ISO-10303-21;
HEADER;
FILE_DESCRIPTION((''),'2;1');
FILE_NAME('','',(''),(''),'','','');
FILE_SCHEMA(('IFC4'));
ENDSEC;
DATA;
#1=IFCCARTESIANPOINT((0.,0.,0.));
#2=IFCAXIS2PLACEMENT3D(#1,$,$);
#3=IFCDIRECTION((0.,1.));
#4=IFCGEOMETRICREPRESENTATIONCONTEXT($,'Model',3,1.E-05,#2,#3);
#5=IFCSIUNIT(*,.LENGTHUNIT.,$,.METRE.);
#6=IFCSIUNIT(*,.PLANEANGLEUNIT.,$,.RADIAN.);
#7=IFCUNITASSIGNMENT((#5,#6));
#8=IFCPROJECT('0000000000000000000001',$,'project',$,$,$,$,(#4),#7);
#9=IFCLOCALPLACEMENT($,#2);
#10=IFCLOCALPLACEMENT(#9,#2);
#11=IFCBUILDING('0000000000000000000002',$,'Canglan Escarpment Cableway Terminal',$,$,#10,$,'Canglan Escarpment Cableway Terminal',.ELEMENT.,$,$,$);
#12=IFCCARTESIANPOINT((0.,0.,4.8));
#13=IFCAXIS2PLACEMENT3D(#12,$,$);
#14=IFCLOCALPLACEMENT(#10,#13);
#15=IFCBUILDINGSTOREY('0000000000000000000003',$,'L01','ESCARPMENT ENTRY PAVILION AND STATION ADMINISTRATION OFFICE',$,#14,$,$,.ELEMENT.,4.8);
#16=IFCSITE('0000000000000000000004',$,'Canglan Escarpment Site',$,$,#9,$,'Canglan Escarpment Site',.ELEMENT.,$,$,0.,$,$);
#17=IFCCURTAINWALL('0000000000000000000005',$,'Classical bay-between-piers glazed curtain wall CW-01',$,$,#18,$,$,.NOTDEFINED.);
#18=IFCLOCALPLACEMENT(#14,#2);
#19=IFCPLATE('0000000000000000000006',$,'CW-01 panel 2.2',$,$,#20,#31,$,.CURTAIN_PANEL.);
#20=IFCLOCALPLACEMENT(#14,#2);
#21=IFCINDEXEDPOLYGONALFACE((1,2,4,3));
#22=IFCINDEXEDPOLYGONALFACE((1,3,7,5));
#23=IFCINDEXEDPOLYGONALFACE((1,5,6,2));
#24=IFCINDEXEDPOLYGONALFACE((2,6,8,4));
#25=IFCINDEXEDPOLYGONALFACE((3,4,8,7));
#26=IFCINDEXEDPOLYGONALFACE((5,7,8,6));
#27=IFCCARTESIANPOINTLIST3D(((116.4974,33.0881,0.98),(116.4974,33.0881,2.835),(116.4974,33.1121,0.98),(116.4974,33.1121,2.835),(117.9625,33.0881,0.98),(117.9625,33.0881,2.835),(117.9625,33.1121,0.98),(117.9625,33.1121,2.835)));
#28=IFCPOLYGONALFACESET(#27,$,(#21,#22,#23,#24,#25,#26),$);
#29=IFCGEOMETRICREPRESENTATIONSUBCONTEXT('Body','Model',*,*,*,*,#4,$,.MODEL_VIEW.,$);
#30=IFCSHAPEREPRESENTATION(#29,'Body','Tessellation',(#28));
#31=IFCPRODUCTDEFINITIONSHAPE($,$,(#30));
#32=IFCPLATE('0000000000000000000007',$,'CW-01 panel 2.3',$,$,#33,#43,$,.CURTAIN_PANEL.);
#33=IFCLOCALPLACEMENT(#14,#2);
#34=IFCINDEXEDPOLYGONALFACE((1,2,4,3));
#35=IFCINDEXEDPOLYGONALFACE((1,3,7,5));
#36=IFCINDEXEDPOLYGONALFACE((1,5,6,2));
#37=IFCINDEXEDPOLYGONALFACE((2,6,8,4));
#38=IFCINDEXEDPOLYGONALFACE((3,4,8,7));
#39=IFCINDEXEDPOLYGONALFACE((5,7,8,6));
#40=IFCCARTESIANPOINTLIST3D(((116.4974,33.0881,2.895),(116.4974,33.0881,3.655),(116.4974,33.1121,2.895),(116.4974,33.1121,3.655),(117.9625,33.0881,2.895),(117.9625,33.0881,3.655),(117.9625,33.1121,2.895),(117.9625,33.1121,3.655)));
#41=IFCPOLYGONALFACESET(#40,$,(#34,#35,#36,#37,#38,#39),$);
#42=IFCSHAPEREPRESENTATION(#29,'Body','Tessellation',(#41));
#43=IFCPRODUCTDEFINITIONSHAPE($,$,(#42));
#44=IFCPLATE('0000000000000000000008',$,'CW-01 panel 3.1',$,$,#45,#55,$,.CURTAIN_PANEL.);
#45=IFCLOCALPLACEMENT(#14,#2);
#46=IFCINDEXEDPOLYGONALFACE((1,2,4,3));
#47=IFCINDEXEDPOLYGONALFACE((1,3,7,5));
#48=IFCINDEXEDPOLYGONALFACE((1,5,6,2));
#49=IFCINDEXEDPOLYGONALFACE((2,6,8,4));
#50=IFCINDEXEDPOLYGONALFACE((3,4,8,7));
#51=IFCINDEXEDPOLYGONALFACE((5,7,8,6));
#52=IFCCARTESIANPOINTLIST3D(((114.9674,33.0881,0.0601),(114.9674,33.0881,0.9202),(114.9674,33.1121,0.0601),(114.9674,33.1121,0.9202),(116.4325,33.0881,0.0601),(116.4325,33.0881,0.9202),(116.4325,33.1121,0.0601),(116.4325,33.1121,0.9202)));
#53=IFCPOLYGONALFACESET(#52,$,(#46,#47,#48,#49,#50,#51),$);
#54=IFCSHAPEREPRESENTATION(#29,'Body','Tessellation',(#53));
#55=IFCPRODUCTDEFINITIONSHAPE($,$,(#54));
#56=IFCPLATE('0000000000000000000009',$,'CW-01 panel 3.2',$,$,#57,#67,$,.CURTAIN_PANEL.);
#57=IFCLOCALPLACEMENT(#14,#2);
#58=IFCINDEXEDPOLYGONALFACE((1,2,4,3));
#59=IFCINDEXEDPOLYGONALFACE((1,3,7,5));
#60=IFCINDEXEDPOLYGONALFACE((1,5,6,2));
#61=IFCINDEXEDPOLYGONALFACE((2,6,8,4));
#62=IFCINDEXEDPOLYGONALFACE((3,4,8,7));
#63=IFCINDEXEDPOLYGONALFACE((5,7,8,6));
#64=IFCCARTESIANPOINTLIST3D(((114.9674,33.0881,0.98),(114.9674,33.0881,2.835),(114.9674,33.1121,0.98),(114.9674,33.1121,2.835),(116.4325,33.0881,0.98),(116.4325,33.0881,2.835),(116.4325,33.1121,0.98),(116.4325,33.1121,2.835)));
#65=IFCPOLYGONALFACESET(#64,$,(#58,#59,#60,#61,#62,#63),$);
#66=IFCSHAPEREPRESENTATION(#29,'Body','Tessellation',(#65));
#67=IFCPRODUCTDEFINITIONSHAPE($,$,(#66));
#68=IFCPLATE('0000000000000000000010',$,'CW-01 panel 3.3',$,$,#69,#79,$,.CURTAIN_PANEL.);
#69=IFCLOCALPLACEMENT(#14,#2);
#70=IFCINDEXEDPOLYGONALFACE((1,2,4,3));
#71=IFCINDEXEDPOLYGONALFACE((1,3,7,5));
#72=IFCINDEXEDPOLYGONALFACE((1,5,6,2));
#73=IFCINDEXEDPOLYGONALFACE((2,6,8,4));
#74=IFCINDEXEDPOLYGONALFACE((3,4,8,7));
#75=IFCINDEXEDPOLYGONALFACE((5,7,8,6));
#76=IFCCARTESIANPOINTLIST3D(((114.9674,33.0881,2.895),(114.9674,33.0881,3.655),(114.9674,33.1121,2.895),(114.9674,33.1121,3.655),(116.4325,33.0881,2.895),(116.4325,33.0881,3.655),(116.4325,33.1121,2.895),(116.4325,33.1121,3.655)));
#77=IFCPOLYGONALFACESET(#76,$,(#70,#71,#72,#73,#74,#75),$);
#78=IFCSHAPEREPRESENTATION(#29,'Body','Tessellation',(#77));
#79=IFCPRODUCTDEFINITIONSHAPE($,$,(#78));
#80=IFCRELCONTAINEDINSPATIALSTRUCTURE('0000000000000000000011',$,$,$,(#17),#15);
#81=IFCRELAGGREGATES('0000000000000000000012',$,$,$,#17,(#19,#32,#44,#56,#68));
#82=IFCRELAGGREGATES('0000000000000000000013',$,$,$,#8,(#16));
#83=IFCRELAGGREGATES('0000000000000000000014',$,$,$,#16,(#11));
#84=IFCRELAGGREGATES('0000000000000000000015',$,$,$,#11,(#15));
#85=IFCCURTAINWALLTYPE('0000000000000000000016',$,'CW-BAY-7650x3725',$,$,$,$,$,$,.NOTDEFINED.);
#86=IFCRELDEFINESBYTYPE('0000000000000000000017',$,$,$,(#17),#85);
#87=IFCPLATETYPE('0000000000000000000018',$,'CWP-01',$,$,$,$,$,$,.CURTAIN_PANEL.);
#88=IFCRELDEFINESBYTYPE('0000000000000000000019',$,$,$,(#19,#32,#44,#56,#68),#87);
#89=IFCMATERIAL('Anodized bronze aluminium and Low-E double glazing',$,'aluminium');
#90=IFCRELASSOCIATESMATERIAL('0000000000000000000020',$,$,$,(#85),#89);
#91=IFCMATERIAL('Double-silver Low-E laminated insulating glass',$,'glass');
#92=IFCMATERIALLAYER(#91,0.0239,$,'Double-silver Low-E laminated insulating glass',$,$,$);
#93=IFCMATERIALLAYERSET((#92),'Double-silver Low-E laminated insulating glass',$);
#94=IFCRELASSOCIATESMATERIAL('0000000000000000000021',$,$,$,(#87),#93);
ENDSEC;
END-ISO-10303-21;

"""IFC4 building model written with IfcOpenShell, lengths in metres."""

from ifc_helpers import new_model, si_unit, direction, frame, origin, origin_2d, place, context, subcontext, project, spatial, rectangle, extrude, material, layer, layer_set, type_object, element, aggregate, save


model = new_model("IFC4")

# Units and contexts
model_context = context("Model", 3, precision=1e-05, world=origin(), true_north=direction((0.0, 1.0)))
body_context = subcontext(model_context, "Body", "Model", "MODEL_VIEW")
ifc_project = project(units=[si_unit("LENGTHUNIT", "METRE"), si_unit("PLANEANGLEUNIT", "RADIAN")], contexts=[model_context])

# Site, building, storey
site_placement = place(None, origin())
site = spatial("IfcSite", under=ifc_project, at=site_placement, Name="Canglan Escarpment Site", LongName="Canglan Escarpment Site", CompositionType="ELEMENT", RefElevation=0.0)
building_placement = place(site_placement, origin())
building = spatial("IfcBuilding", under=site, at=building_placement, Name="Canglan Escarpment Cableway Terminal", LongName="Canglan Escarpment Cableway Terminal", CompositionType="ELEMENT")
storey_placement = place(building_placement, frame((0.0, 0.0, 4.8)))
storey = spatial("IfcBuildingStorey", under=building, at=storey_placement, Name="L01", Description="ESCARPMENT ENTRY PAVILION AND STATION ADMINISTRATION OFFICE", CompositionType="ELEMENT", Elevation=4.8)

# Curtain wall, plates
ifc_material_1 = material(Name="Anodized bronze aluminium and Low-E double glazing", Category="aluminium")
curtain_wall_type = type_object("IfcCurtainWallType", Name="CW-BAY-7650x3725", PredefinedType="NOTDEFINED", material=ifc_material_1)
curtain_wall_placement = place(storey_placement, origin())
curtain_wall = element("IfcCurtainWall", 1, at=curtain_wall_placement, inside=storey, type_object=curtain_wall_type, Name="Classical bay-between-piers glazed curtain wall CW-01", PredefinedType="NOTDEFINED")
ifc_material_2 = material(Name="Double-silver Low-E laminated insulating glass", Category="glass")
ifc_layer = layer(ifc_material_2, 0.0239, Name="Double-silver Low-E laminated insulating glass")
ifc_layer_set = layer_set([ifc_layer], Name="Double-silver Low-E laminated insulating glass")
plate_type = type_object("IfcPlateType", Name="CWP-01", PredefinedType="CURTAIN_PANEL", material=ifc_layer_set)
plate_1_placement = place(storey_placement, frame((117.23, 33.1001, 0.98), z_axis=(0.0, 0.0, 1.0), x_axis=(-1.0, 0.0, 0.0)))
plate_1 = element("IfcPlate", 2, at=plate_1_placement, type_object=plate_type, Name="CW-01 panel 2.2", PredefinedType="CURTAIN_PANEL", context=body_context, shape_type="SweptSolid", body=[
    extrude(rectangle(XDim=1.4651, YDim=0.0239, at=origin_2d()), origin(), (0.0, 0.0, 1.0), 1.855),
])
plate_2_placement = place(storey_placement, frame((117.23, 33.1001, 2.895), z_axis=(0.0, 0.0, 1.0), x_axis=(-1.0, 0.0, 0.0)))
plate_2 = element("IfcPlate", 3, at=plate_2_placement, type_object=plate_type, Name="CW-01 panel 2.3", PredefinedType="CURTAIN_PANEL", context=body_context, shape_type="SweptSolid", body=[
    extrude(rectangle(XDim=1.4651, YDim=0.0239, at=origin_2d()), origin(), (0.0, 0.0, 1.0), 0.76),
])
plate_3_placement = place(storey_placement, frame((115.7, 33.1001, 0.0601), z_axis=(0.0, 0.0, 1.0), x_axis=(-1.0, 0.0, 0.0)))
plate_3 = element("IfcPlate", 4, at=plate_3_placement, type_object=plate_type, Name="CW-01 panel 3.1", PredefinedType="CURTAIN_PANEL", context=body_context, shape_type="SweptSolid", body=[
    extrude(rectangle(XDim=1.4651, YDim=0.0239, at=origin_2d()), origin(), (0.0, 0.0, 1.0), 0.8601),
])
plate_4_placement = place(storey_placement, frame((115.7, 33.1001, 0.98), z_axis=(0.0, 0.0, 1.0), x_axis=(-1.0, 0.0, 0.0)))
plate_4 = element("IfcPlate", 5, at=plate_4_placement, type_object=plate_type, Name="CW-01 panel 3.2", PredefinedType="CURTAIN_PANEL", context=body_context, shape_type="SweptSolid", body=[
    extrude(rectangle(XDim=1.4651, YDim=0.0239, at=origin_2d()), origin(), (0.0, 0.0, 1.0), 1.855),
])
plate_5_placement = place(storey_placement, frame((115.7, 33.1001, 2.895), z_axis=(0.0, 0.0, 1.0), x_axis=(-1.0, 0.0, 0.0)))
plate_5 = element("IfcPlate", 6, at=plate_5_placement, type_object=plate_type, Name="CW-01 panel 3.3", PredefinedType="CURTAIN_PANEL", context=body_context, shape_type="SweptSolid", body=[
    extrude(rectangle(XDim=1.4651, YDim=0.0239, at=origin_2d()), origin(), (0.0, 0.0, 1.0), 0.76),
])
aggregate(curtain_wall, [plate_1, plate_2, plate_3, plate_4, plate_5])

save(model, "model.ifc")
